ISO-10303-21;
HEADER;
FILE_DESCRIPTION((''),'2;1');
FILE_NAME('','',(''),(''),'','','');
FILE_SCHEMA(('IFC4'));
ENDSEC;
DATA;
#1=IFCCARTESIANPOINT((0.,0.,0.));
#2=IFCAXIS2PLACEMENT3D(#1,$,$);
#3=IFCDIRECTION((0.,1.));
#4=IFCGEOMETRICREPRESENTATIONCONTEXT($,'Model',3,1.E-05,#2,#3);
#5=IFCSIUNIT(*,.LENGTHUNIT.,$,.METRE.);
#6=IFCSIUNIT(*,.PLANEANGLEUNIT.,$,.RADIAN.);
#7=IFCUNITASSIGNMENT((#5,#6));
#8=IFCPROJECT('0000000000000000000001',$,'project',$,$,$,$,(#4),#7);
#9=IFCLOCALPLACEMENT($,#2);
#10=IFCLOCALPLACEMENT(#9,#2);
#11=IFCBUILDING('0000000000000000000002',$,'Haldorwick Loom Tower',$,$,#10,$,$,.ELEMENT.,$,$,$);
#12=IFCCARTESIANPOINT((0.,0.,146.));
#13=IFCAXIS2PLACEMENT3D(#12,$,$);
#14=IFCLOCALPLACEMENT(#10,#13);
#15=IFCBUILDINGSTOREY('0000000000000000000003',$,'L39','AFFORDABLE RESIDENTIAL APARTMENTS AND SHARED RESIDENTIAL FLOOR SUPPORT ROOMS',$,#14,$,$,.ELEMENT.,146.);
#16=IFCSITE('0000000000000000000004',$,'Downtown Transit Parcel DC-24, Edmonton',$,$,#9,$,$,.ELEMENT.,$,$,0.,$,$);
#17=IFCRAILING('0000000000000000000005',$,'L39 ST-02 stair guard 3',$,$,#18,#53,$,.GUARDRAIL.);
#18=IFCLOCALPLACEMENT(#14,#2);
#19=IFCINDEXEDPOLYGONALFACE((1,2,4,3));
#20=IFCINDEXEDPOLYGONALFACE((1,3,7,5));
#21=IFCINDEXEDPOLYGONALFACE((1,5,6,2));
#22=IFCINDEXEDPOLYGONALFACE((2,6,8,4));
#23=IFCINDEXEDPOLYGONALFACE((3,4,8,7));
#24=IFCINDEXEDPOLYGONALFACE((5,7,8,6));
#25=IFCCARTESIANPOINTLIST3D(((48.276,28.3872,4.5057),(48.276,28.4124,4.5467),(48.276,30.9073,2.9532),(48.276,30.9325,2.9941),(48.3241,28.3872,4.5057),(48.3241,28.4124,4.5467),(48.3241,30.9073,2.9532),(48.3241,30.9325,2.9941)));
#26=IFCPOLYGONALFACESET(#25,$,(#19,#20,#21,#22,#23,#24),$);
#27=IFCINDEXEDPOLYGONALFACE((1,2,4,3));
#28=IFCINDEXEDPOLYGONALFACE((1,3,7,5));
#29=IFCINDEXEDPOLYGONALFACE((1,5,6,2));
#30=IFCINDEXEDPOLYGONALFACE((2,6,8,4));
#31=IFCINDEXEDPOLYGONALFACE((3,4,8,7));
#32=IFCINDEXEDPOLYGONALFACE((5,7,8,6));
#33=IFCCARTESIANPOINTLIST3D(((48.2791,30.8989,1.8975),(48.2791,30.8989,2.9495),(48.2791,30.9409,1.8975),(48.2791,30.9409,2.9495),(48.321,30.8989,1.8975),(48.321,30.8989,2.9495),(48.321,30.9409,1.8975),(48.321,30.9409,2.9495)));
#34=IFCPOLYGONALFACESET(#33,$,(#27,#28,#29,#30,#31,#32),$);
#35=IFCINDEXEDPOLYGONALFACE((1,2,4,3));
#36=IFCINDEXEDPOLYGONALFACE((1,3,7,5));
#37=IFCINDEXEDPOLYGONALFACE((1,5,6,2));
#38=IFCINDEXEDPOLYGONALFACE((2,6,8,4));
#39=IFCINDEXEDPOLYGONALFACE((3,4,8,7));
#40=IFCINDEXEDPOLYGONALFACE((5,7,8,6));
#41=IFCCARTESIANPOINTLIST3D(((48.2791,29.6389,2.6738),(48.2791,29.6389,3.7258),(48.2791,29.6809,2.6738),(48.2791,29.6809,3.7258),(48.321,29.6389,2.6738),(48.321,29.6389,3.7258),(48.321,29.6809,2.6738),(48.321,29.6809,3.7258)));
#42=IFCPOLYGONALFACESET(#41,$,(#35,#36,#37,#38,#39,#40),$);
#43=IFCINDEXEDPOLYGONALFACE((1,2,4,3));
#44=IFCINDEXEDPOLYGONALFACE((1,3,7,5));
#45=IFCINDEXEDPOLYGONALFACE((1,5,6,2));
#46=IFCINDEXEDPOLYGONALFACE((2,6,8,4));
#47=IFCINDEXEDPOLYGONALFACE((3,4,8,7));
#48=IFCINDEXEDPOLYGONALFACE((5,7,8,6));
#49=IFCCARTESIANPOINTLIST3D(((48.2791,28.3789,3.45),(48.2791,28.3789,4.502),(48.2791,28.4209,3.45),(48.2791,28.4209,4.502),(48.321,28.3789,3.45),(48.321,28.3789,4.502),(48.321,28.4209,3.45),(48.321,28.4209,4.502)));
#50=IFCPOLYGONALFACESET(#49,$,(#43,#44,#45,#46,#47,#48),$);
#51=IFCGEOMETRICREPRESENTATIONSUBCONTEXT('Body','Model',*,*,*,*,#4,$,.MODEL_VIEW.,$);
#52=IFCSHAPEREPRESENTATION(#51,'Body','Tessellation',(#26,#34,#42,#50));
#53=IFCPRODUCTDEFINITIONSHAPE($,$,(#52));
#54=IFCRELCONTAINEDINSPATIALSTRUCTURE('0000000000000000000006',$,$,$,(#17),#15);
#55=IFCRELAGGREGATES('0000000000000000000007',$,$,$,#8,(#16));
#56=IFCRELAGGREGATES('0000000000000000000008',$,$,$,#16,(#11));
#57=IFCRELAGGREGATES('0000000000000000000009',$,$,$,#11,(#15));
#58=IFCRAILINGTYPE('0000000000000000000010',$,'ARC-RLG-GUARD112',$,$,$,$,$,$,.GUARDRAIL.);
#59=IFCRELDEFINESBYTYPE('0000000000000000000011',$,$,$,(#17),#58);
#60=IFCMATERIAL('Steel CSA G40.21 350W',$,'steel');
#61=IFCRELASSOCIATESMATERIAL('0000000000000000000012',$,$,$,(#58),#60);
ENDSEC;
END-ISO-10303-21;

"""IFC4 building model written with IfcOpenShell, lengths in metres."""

from ifc_helpers import new_model, si_unit, direction, frame, origin, origin_2d, place, context, subcontext, project, spatial, rectangle, extrude, material, type_object, element, save


model = new_model("IFC4")

# Units and contexts
model_context = context("Model", 3, precision=1e-05, world=origin(), true_north=direction((0.0, 1.0)))
body_context = subcontext(model_context, "Body", "Model", "MODEL_VIEW")
ifc_project = project(units=[si_unit("LENGTHUNIT", "METRE"), si_unit("PLANEANGLEUNIT", "RADIAN")], contexts=[model_context])

# Site, building, storey
site_placement = place(None, origin())
site = spatial("IfcSite", under=ifc_project, at=site_placement, Name="Downtown Transit Parcel DC-24, Edmonton", CompositionType="ELEMENT", RefElevation=0.0)
building_placement = place(site_placement, origin())
building = spatial("IfcBuilding", under=site, at=building_placement, Name="Haldorwick Loom Tower", CompositionType="ELEMENT")
storey_placement = place(building_placement, frame((0.0, 0.0, 146.0)))
storey = spatial("IfcBuildingStorey", under=building, at=storey_placement, Name="L39", Description="AFFORDABLE RESIDENTIAL APARTMENTS AND SHARED RESIDENTIAL FLOOR SUPPORT ROOMS", CompositionType="ELEMENT", Elevation=146.0)

# Shared definitions
ifc_material_1 = material(Name="Steel CSA G40.21 350W", Category="steel")

# Railing
railing_type_1 = type_object("IfcRailingType", Name="ARC-RLG-GUARD112", PredefinedType="GUARDRAIL", material=ifc_material_1)
railing_1_placement = place(storey_placement, frame((48.3, 30.9199, 1.8975)))
element("IfcRailing", 1, at=railing_1_placement, inside=storey, type_object=railing_type_1, Name="L39 ST-02 stair guard 3", PredefinedType="GUARDRAIL", context=body_context, shape_type="SweptSolid", body=[
    extrude(rectangle(XDim=0.0481, YDim=0.0481, at=origin_2d()), frame((0.0, 0.0, 1.0762), z_axis=(0.0, -0.8514, 0.524516), x_axis=(1.0, 0.0, 0.0)), (0.0, 0.0, 1.0), 2.96),
    extrude(rectangle(XDim=0.042, YDim=0.042, at=origin_2d()), origin(), (0.0, 0.0, 1.0), 1.052),
    extrude(rectangle(XDim=0.042, YDim=0.042, at=origin_2d()), frame((0.0, -1.26, 0.7764)), (0.0, 0.0, 1.0), 1.052),
    extrude(rectangle(XDim=0.042, YDim=0.042, at=origin_2d()), frame((0.0, -2.52, 1.5525)), (0.0, 0.0, 1.0), 1.052),
])

save(model, "model.ifc")
